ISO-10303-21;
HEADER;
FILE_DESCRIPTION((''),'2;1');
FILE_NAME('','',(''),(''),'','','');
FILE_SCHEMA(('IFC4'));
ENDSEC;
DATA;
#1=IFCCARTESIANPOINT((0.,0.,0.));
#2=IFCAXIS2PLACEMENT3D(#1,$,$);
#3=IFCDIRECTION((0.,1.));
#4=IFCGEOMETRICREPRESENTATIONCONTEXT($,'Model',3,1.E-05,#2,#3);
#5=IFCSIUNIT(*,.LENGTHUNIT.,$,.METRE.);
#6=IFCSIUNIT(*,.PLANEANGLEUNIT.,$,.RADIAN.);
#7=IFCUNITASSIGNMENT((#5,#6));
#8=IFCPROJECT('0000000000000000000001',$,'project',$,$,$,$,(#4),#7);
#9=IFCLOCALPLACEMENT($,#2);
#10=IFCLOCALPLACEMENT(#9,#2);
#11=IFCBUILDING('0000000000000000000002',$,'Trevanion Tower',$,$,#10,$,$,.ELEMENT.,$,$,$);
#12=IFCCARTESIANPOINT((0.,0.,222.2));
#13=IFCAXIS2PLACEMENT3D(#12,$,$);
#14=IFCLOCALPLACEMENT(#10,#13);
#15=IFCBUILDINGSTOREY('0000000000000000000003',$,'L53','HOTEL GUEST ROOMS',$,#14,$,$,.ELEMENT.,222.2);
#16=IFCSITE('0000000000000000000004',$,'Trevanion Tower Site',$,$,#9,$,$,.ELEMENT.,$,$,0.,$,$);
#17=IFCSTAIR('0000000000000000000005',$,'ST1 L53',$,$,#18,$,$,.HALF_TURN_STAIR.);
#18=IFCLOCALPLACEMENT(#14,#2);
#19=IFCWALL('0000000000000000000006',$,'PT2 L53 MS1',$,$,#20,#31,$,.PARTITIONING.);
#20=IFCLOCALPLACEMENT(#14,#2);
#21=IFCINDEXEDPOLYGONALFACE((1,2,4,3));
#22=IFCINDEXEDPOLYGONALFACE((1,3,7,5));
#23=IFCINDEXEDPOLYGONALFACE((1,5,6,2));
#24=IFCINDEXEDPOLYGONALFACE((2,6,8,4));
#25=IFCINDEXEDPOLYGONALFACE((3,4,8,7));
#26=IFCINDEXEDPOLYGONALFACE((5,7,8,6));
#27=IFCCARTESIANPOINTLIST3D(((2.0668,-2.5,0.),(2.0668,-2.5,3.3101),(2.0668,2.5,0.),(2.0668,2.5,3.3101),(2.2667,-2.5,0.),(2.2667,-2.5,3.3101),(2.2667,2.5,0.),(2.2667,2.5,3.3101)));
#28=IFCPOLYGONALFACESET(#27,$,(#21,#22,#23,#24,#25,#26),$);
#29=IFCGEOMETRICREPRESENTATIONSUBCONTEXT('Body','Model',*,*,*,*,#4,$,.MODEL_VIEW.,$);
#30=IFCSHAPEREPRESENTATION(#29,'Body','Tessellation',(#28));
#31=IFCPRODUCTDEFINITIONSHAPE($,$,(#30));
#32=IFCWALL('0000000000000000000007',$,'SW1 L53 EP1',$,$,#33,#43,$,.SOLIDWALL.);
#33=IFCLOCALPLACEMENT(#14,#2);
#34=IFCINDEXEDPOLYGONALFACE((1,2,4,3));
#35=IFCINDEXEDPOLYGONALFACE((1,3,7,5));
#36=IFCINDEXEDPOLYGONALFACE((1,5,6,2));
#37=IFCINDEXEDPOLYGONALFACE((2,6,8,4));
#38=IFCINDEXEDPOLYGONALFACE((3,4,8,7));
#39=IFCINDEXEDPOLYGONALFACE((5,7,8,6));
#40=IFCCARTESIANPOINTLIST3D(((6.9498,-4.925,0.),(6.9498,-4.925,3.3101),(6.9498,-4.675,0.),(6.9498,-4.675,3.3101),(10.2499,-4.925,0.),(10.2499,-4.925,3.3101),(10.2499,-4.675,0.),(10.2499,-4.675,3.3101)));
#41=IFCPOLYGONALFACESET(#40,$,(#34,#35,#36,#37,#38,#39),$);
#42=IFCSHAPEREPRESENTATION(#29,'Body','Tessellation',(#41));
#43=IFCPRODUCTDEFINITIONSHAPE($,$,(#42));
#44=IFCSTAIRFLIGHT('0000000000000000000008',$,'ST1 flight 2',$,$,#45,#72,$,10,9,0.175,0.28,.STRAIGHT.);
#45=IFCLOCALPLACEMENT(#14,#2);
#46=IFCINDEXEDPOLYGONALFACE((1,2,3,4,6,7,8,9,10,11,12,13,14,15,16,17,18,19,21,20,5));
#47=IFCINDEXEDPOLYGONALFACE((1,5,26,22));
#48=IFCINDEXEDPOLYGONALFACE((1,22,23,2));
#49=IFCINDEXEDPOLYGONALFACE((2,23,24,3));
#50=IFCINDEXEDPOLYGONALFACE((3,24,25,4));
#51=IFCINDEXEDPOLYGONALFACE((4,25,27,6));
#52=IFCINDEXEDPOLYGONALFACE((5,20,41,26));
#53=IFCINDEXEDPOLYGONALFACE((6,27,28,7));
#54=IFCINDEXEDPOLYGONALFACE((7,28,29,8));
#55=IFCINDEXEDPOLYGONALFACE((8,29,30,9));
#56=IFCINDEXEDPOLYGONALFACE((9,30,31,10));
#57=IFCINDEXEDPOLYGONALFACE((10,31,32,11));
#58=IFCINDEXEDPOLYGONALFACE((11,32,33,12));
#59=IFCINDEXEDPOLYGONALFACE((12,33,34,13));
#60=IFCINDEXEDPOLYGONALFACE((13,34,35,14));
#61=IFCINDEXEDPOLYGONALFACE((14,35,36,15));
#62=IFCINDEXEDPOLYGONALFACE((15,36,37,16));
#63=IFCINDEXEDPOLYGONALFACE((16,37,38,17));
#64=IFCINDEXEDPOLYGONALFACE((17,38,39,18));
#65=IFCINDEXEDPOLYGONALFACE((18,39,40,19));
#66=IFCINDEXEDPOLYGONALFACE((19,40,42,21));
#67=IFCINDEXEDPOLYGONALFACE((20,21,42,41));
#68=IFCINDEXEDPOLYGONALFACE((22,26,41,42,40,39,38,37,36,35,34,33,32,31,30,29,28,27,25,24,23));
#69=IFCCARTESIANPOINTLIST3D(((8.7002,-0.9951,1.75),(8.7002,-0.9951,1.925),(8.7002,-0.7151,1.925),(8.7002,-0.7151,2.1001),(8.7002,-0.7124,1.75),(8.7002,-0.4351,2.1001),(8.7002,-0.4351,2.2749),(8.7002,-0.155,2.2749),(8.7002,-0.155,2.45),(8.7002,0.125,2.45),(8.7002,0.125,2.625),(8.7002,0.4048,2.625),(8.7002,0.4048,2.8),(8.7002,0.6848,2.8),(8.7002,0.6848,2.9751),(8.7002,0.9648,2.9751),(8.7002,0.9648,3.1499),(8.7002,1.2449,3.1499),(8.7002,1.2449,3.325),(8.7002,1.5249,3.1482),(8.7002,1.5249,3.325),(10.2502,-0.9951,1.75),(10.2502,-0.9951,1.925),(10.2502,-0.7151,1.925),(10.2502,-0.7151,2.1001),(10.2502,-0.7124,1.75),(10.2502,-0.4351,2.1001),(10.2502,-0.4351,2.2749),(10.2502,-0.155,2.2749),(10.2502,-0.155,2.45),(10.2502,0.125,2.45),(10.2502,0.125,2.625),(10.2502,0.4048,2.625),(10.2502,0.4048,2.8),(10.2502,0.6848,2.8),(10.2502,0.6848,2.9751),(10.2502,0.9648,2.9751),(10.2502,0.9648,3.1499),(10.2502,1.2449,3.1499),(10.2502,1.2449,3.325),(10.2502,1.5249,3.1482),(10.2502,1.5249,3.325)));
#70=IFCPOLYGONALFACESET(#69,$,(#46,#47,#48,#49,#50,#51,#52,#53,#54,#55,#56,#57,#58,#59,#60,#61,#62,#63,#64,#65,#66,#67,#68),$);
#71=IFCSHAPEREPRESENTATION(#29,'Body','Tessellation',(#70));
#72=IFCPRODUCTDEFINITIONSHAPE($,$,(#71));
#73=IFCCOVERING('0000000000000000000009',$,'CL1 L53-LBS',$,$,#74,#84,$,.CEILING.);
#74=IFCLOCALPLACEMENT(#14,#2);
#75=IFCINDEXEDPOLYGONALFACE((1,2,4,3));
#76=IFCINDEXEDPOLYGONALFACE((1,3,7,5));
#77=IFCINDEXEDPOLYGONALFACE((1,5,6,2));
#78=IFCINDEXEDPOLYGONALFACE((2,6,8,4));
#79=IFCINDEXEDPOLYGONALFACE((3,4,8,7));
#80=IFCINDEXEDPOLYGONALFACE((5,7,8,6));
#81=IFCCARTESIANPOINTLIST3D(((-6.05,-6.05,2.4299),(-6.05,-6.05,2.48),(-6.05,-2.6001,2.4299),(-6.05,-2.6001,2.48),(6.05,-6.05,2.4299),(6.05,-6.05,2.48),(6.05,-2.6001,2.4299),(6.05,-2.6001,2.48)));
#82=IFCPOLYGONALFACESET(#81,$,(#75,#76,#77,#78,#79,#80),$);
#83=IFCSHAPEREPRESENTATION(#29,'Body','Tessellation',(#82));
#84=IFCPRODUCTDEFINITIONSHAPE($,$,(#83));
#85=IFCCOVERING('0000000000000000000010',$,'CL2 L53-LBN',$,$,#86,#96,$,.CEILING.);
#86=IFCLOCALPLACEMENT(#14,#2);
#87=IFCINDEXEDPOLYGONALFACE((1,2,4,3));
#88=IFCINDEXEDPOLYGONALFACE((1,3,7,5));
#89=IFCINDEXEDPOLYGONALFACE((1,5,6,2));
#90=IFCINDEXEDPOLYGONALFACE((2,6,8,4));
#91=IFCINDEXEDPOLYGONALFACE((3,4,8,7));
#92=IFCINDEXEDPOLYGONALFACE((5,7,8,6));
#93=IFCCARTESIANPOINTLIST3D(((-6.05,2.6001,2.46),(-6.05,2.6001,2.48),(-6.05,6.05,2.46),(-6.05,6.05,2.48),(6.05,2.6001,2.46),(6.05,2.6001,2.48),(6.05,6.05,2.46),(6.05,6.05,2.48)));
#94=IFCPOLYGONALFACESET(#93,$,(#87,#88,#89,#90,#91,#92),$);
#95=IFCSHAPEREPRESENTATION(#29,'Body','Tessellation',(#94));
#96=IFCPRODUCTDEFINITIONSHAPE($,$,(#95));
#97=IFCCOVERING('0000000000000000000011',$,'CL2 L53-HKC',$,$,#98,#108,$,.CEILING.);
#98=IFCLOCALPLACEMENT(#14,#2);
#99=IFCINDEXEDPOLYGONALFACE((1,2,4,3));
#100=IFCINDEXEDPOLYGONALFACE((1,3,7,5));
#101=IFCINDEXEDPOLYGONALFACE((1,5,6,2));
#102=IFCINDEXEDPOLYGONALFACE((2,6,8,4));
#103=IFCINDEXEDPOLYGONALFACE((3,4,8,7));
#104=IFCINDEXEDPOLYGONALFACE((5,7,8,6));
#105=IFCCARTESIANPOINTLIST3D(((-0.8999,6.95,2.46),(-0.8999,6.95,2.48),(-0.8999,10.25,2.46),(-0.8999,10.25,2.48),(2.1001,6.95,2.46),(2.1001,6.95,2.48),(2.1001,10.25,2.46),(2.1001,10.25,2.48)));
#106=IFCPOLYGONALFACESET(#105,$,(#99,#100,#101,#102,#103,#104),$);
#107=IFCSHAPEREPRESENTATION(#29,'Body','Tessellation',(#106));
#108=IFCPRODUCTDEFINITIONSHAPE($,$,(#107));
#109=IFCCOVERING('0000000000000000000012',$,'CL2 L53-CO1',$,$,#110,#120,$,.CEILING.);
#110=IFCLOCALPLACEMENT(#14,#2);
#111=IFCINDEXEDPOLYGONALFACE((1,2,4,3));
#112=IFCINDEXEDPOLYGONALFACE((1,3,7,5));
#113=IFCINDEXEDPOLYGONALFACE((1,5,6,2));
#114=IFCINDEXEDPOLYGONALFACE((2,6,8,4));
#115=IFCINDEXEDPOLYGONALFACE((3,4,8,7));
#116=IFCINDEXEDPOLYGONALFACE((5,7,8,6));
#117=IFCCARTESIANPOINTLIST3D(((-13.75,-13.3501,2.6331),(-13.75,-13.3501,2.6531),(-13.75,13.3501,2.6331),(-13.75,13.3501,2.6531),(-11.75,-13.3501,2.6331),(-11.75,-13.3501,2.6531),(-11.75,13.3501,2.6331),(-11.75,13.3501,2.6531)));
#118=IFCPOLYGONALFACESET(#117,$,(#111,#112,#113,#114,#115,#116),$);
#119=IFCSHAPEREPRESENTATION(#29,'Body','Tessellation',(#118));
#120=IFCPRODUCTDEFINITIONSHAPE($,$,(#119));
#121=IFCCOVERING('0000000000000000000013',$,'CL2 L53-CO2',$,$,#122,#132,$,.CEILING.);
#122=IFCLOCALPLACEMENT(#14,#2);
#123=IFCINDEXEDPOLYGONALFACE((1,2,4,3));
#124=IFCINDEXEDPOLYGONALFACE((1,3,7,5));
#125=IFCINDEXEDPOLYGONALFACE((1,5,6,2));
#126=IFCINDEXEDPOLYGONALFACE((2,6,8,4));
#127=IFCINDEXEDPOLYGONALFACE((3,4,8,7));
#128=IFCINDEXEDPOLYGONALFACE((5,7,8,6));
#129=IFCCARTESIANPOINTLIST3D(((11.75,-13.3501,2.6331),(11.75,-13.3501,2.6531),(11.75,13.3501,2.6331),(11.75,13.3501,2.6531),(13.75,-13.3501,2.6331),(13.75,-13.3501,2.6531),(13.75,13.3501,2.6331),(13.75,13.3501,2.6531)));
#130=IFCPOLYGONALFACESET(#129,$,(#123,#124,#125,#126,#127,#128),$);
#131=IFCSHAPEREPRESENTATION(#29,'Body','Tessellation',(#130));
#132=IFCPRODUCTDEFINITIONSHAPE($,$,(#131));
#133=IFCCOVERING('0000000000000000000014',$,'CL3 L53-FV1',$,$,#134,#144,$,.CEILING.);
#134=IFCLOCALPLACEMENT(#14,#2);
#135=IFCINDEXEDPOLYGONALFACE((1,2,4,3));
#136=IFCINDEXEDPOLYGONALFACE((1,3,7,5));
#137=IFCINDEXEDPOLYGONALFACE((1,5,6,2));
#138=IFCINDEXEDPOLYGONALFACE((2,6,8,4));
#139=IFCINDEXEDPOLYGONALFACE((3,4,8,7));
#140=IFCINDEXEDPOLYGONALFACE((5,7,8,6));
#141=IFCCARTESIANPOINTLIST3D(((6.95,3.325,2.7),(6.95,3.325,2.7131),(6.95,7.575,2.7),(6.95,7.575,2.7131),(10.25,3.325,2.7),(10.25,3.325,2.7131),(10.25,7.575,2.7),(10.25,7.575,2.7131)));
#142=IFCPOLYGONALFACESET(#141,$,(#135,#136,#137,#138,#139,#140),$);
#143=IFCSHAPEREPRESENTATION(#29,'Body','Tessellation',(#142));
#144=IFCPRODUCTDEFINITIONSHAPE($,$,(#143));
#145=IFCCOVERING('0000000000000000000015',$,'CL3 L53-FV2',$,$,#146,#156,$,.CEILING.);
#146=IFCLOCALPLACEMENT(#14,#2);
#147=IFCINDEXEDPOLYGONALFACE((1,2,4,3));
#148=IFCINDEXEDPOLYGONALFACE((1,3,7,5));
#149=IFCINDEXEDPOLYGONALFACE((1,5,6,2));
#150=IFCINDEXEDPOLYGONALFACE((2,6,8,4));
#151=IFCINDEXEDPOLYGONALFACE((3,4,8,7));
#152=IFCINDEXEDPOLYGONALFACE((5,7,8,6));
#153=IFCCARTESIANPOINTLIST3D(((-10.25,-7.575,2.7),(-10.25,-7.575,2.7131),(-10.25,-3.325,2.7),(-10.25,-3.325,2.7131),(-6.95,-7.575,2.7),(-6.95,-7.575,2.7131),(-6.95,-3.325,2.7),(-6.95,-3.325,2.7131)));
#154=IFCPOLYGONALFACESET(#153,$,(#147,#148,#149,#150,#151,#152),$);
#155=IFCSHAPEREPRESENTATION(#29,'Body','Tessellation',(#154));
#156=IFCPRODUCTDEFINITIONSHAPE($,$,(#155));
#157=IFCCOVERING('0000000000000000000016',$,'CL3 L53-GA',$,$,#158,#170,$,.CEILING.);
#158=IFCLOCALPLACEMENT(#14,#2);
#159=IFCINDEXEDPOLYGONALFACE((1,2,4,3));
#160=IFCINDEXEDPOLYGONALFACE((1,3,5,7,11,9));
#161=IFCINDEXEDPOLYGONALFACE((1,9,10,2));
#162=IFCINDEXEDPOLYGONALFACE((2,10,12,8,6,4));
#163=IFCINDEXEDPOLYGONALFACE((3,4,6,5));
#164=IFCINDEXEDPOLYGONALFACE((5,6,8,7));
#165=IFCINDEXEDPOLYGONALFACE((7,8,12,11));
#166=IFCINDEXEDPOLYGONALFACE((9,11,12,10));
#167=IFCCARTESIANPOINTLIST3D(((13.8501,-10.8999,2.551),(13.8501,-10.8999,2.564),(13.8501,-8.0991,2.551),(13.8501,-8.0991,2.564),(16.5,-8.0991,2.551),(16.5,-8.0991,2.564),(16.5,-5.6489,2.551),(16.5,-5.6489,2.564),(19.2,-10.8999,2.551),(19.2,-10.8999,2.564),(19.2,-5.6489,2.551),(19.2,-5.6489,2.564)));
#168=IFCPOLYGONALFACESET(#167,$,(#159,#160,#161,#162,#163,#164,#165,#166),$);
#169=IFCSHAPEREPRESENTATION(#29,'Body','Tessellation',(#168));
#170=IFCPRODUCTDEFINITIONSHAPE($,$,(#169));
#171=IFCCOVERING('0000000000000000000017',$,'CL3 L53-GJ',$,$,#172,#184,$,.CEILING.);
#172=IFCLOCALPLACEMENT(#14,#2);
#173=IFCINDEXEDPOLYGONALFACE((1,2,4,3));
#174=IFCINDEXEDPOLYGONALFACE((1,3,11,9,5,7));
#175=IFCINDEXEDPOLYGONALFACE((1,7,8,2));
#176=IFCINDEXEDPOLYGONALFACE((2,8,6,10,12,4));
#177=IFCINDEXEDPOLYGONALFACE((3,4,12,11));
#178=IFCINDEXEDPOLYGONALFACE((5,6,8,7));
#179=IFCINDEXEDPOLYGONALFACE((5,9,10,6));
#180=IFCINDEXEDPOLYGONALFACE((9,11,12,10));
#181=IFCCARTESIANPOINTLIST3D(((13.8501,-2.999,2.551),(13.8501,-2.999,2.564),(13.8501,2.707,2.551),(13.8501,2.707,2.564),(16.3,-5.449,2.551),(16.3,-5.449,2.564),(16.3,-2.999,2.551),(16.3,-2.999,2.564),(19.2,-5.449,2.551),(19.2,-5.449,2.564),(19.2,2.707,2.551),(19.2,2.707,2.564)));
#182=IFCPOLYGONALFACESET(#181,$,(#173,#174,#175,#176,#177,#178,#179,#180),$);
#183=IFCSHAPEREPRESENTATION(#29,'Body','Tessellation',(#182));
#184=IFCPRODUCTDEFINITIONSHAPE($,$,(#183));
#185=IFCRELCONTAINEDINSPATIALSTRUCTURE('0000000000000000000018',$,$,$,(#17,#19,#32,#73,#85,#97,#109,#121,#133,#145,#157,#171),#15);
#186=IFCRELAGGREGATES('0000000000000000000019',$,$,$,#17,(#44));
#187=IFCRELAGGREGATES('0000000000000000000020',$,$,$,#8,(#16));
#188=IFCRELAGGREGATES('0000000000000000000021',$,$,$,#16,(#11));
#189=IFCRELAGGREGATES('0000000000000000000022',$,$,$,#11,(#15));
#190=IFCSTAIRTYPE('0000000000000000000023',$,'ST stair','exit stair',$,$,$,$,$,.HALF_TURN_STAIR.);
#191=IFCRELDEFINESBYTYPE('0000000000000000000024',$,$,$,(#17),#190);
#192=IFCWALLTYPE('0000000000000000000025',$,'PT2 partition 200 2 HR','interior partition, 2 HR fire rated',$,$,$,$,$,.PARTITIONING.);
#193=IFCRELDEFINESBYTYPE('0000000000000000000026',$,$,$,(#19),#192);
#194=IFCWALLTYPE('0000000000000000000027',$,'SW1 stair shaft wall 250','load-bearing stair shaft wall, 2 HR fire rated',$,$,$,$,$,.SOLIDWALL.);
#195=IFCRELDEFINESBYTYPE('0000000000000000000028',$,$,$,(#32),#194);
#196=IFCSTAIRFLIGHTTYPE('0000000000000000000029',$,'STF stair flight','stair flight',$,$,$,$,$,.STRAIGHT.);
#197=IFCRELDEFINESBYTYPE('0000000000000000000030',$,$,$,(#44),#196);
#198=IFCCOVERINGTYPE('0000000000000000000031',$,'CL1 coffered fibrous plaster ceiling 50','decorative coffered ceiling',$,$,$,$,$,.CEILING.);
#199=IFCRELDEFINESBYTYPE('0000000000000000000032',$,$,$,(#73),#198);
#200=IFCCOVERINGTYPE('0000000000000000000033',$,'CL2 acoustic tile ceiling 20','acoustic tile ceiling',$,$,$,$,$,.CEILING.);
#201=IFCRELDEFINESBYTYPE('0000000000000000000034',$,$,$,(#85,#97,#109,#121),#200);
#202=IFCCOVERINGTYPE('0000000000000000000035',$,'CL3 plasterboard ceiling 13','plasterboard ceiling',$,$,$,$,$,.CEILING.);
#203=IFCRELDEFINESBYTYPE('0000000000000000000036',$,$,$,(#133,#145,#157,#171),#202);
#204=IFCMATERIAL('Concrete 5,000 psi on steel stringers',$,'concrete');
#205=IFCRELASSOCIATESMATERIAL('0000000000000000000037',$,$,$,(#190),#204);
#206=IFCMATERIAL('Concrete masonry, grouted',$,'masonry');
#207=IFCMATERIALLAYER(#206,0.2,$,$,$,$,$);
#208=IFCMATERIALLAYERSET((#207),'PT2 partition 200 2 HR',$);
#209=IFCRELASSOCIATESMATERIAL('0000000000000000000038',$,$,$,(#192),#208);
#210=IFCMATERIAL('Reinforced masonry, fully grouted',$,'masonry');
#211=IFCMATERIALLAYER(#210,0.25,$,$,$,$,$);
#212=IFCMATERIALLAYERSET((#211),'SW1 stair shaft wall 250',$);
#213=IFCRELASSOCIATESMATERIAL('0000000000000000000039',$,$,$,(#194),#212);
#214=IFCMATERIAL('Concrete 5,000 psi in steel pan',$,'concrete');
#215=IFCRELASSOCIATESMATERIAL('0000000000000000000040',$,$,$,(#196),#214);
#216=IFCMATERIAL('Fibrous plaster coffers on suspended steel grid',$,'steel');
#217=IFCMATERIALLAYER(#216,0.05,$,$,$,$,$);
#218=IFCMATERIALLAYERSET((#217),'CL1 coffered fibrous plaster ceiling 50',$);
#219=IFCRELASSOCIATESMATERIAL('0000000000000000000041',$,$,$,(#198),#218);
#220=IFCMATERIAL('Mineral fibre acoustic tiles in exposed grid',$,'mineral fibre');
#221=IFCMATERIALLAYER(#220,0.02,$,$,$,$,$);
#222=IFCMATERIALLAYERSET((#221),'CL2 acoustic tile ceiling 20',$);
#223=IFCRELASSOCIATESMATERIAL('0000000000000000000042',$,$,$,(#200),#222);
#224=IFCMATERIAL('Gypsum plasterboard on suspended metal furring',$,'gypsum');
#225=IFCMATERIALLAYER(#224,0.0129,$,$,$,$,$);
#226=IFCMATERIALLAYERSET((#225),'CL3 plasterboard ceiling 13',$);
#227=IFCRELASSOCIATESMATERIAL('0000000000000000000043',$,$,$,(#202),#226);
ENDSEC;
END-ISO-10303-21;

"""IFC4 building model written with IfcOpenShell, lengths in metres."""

from ifc_helpers import new_model, si_unit, direction, frame, frame_2d, origin, place, context, subcontext, project, spatial, polyline, rectangle, outline, extrude, material, layer, layer_set, type_object, element, aggregate, save


model = new_model("IFC4")

# Units and contexts
model_context = context("Model", 3, precision=1e-05, world=origin(), true_north=direction((0.0, 1.0)))
body_context = subcontext(model_context, "Body", "Model", "MODEL_VIEW")
ifc_project = project(units=[si_unit("LENGTHUNIT", "METRE"), si_unit("PLANEANGLEUNIT", "RADIAN")], contexts=[model_context])

# Site, building, storey
site_placement = place(None, origin())
site = spatial("IfcSite", under=ifc_project, at=site_placement, Name="Trevanion Tower Site", CompositionType="ELEMENT", RefElevation=0.0)
building_placement = place(site_placement, origin())
building = spatial("IfcBuilding", under=site, at=building_placement, Name="Trevanion Tower", CompositionType="ELEMENT")
storey_placement = place(building_placement, frame((0.0, 0.0, 222.2)))
storey = spatial("IfcBuildingStorey", under=building, at=storey_placement, Name="L53", Description="HOTEL GUEST ROOMS", CompositionType="ELEMENT", Elevation=222.2)

# Stair
ifc_material_1 = material(Name="Concrete 5,000 psi on steel stringers", Category="concrete")
stair_type = type_object("IfcStairType", Name="ST stair", Description="exit stair", PredefinedType="HALF_TURN_STAIR", material=ifc_material_1)
stair_1_placement = place(storey_placement, origin())
stair_1 = element("IfcStair", 1, at=stair_1_placement, inside=storey, type_object=stair_type, Name="ST1 L53", PredefinedType="HALF_TURN_STAIR")

# Walls
ifc_material_2 = material(Name="Concrete masonry, grouted", Category="masonry")
ifc_layer_1 = layer(ifc_material_2, 0.2)
ifc_layer_set_1 = layer_set([ifc_layer_1], Name="PT2 partition 200 2 HR")
wall_type_1 = type_object("IfcWallType", Name="PT2 partition 200 2 HR", Description="interior partition, 2 HR fire rated", PredefinedType="PARTITIONING", material=ifc_layer_set_1)
wall_1_placement = place(storey_placement, frame((2.1667, -2.5, 0.0), z_axis=(0.0, 0.0, 1.0), x_axis=(0.0, 1.0, 0.0)))
element("IfcWall", 2, at=wall_1_placement, inside=storey, type_object=wall_type_1, Name="PT2 L53 MS1", PredefinedType="PARTITIONING", context=body_context, shape_type="SweptSolid", body=[
    extrude(rectangle(XDim=5.0, YDim=0.2, at=frame_2d((2.5, 0.0))), origin(), (0.0, 0.0, 1.0), 3.3101),
])
ifc_material_3 = material(Name="Reinforced masonry, fully grouted", Category="masonry")
ifc_layer_2 = layer(ifc_material_3, 0.25)
ifc_layer_set_2 = layer_set([ifc_layer_2], Name="SW1 stair shaft wall 250")
wall_type_2 = type_object("IfcWallType", Name="SW1 stair shaft wall 250", Description="load-bearing stair shaft wall, 2 HR fire rated", PredefinedType="SOLIDWALL", material=ifc_layer_set_2)
wall_2_placement = place(storey_placement, frame((6.95, -4.8, 0.0), z_axis=(0.0, 0.0, 1.0), x_axis=(1.0, 0.0, 0.0)))
element("IfcWall", 3, at=wall_2_placement, inside=storey, type_object=wall_type_2, Name="SW1 L53 EP1", PredefinedType="SOLIDWALL", context=body_context, shape_type="SweptSolid", body=[
    extrude(rectangle(XDim=3.3, YDim=0.25, at=frame_2d((1.6499, 0.0))), origin(), (0.0, 0.0, 1.0), 3.3101),
])

# Stair flight
ifc_material_4 = material(Name="Concrete 5,000 psi in steel pan", Category="concrete")
stair_flight_type = type_object("IfcStairFlightType", Name="STF stair flight", Description="stair flight", PredefinedType="STRAIGHT", material=ifc_material_4)
stair_flight_placement = place(storey_placement, frame((9.4751, -0.9951, 1.75), z_axis=(0.0, 0.0, 1.0), x_axis=(0.0, 1.0, 0.0)))
stair_flight = element("IfcStairFlight", 4, at=stair_flight_placement, type_object=stair_flight_type, Name="ST1 flight 2", NumberOfRisers=10, NumberOfTreads=9, PredefinedType="STRAIGHT", RiserHeight=0.175, TreadLength=0.28, context=body_context, shape_type="SweptSolid", body=[
    extrude(outline(polyline([(0.0, 0.0), (0.0, 0.175), (0.28, 0.175), (0.28, 0.3501), (0.5601, 0.3501), (0.5601, 0.5249), (0.8401, 0.5249), (0.8401, 0.7), (1.1201, 0.7), (1.1201, 0.875), (1.3999, 0.875), (1.3999, 1.05), (1.6799, 1.05), (1.6799, 1.2251), (1.96, 1.2251), (1.96, 1.3999), (2.24, 1.3999), (2.24, 1.575), (2.52, 1.575), (2.52, 1.75), (2.52, 1.3982), (0.2827, 0.0), (0.0, 0.0)])), frame((0.0, 0.7749, 0.0), z_axis=(0.0, -1.0, 0.0), x_axis=(1.0, 0.0, 0.0)), (0.0, 0.0, 1.0), 1.55),
])
aggregate(stair_1, [stair_flight])

# Coverings
ifc_material_5 = material(Name="Fibrous plaster coffers on suspended steel grid", Category="steel")
ifc_layer_3 = layer(ifc_material_5, 0.05)
ifc_layer_set_3 = layer_set([ifc_layer_3], Name="CL1 coffered fibrous plaster ceiling 50")
covering_type_1 = type_object("IfcCoveringType", Name="CL1 coffered fibrous plaster ceiling 50", Description="decorative coffered ceiling", PredefinedType="CEILING", material=ifc_layer_set_3)
covering_1_placement = place(storey_placement, frame((0.0, 0.0, 2.4299)))
element("IfcCovering", 5, at=covering_1_placement, inside=storey, type_object=covering_type_1, Name="CL1 L53-LBS", PredefinedType="CEILING", context=body_context, shape_type="SweptSolid", body=[
    extrude(outline(polyline([(6.05, -6.05), (6.05, -2.6001), (-6.05, -2.6001), (-6.05, -6.05), (6.05, -6.05)])), origin(), (0.0, 0.0, 1.0), 0.05),
])
ifc_material_6 = material(Name="Mineral fibre acoustic tiles in exposed grid", Category="mineral fibre")
ifc_layer_4 = layer(ifc_material_6, 0.02)
ifc_layer_set_4 = layer_set([ifc_layer_4], Name="CL2 acoustic tile ceiling 20")
covering_type_2 = type_object("IfcCoveringType", Name="CL2 acoustic tile ceiling 20", Description="acoustic tile ceiling", PredefinedType="CEILING", material=ifc_layer_set_4)
covering_2_placement = place(storey_placement, frame((0.0, 0.0, 2.46)))
element("IfcCovering", 6, at=covering_2_placement, inside=storey, type_object=covering_type_2, Name="CL2 L53-LBN", PredefinedType="CEILING", context=body_context, shape_type="SweptSolid", body=[
    extrude(outline(polyline([(6.05, 2.6001), (6.05, 6.05), (-6.05, 6.05), (-6.05, 2.6001), (6.05, 2.6001)])), origin(), (0.0, 0.0, 1.0), 0.02),
])
covering_3_placement = place(storey_placement, frame((0.0, 0.0, 2.46)))
element("IfcCovering", 7, at=covering_3_placement, inside=storey, type_object=covering_type_2, Name="CL2 L53-HKC", PredefinedType="CEILING", context=body_context, shape_type="SweptSolid", body=[
    extrude(outline(polyline([(2.1001, 6.95), (2.1001, 10.25), (-0.8999, 10.25), (-0.8999, 6.95), (2.1001, 6.95)])), origin(), (0.0, 0.0, 1.0), 0.02),
])
covering_4_placement = place(storey_placement, frame((0.0, 0.0, 2.6331)))
element("IfcCovering", 8, at=covering_4_placement, inside=storey, type_object=covering_type_2, Name="CL2 L53-CO1", PredefinedType="CEILING", context=body_context, shape_type="SweptSolid", body=[
    extrude(outline(polyline([(-11.75, 13.3501), (-11.75, -13.3501), (-13.75, -13.3501), (-13.75, 13.3501), (-11.75, 13.3501)])), origin(), (0.0, 0.0, 1.0), 0.02),
])
covering_5_placement = place(storey_placement, frame((0.0, 0.0, 2.6331)))
element("IfcCovering", 9, at=covering_5_placement, inside=storey, type_object=covering_type_2, Name="CL2 L53-CO2", PredefinedType="CEILING", context=body_context, shape_type="SweptSolid", body=[
    extrude(outline(polyline([(11.75, -13.3501), (11.75, 13.3501), (13.75, 13.3501), (13.75, -13.3501), (11.75, -13.3501)])), origin(), (0.0, 0.0, 1.0), 0.02),
])
ifc_material_7 = material(Name="Gypsum plasterboard on suspended metal furring", Category="gypsum")
ifc_layer_5 = layer(ifc_material_7, 0.0129)
ifc_layer_set_5 = layer_set([ifc_layer_5], Name="CL3 plasterboard ceiling 13")
covering_type_3 = type_object("IfcCoveringType", Name="CL3 plasterboard ceiling 13", Description="plasterboard ceiling", PredefinedType="CEILING", material=ifc_layer_set_5)
covering_6_placement = place(storey_placement, frame((0.0, 0.0, 2.7)))
element("IfcCovering", 10, at=covering_6_placement, inside=storey, type_object=covering_type_3, Name="CL3 L53-FV1", PredefinedType="CEILING", context=body_context, shape_type="SweptSolid", body=[
    extrude(outline(polyline([(10.25, 3.325), (10.25, 7.575), (6.95, 7.575), (6.95, 3.325), (10.25, 3.325)])), origin(), (0.0, 0.0, 1.0), 0.0132),
])
covering_7_placement = place(storey_placement, frame((0.0, 0.0, 2.7)))
element("IfcCovering", 11, at=covering_7_placement, inside=storey, type_object=covering_type_3, Name="CL3 L53-FV2", PredefinedType="CEILING", context=body_context, shape_type="SweptSolid", body=[
    extrude(outline(polyline([(-10.25, -3.325), (-10.25, -7.575), (-6.95, -7.575), (-6.95, -3.325), (-10.25, -3.325)])), origin(), (0.0, 0.0, 1.0), 0.0132),
])
covering_8_placement = place(storey_placement, frame((0.0, 0.0, 2.551)))
element("IfcCovering", 12, at=covering_8_placement, inside=storey, type_object=covering_type_3, Name="CL3 L53-GA", PredefinedType="CEILING", context=body_context, shape_type="SweptSolid", body=[
    extrude(outline(polyline([(13.8501, -8.0991), (16.5, -8.0991), (16.5, -5.6489), (19.2, -5.6489), (19.2, -10.8999), (13.8501, -10.8999), (13.8501, -8.0991)])), origin(), (0.0, 0.0, 1.0), 0.0129),
])
covering_9_placement = place(storey_placement, frame((0.0, 0.0, 2.551)))
element("IfcCovering", 13, at=covering_9_placement, inside=storey, type_object=covering_type_3, Name="CL3 L53-GJ", PredefinedType="CEILING", context=body_context, shape_type="SweptSolid", body=[
    extrude(outline(polyline([(13.8501, 2.707), (19.2, 2.707), (19.2, -5.449), (16.3, -5.449), (16.3, -2.999), (13.8501, -2.999), (13.8501, 2.707)])), origin(), (0.0, 0.0, 1.0), 0.0129),
])

save(model, "model.ifc")
